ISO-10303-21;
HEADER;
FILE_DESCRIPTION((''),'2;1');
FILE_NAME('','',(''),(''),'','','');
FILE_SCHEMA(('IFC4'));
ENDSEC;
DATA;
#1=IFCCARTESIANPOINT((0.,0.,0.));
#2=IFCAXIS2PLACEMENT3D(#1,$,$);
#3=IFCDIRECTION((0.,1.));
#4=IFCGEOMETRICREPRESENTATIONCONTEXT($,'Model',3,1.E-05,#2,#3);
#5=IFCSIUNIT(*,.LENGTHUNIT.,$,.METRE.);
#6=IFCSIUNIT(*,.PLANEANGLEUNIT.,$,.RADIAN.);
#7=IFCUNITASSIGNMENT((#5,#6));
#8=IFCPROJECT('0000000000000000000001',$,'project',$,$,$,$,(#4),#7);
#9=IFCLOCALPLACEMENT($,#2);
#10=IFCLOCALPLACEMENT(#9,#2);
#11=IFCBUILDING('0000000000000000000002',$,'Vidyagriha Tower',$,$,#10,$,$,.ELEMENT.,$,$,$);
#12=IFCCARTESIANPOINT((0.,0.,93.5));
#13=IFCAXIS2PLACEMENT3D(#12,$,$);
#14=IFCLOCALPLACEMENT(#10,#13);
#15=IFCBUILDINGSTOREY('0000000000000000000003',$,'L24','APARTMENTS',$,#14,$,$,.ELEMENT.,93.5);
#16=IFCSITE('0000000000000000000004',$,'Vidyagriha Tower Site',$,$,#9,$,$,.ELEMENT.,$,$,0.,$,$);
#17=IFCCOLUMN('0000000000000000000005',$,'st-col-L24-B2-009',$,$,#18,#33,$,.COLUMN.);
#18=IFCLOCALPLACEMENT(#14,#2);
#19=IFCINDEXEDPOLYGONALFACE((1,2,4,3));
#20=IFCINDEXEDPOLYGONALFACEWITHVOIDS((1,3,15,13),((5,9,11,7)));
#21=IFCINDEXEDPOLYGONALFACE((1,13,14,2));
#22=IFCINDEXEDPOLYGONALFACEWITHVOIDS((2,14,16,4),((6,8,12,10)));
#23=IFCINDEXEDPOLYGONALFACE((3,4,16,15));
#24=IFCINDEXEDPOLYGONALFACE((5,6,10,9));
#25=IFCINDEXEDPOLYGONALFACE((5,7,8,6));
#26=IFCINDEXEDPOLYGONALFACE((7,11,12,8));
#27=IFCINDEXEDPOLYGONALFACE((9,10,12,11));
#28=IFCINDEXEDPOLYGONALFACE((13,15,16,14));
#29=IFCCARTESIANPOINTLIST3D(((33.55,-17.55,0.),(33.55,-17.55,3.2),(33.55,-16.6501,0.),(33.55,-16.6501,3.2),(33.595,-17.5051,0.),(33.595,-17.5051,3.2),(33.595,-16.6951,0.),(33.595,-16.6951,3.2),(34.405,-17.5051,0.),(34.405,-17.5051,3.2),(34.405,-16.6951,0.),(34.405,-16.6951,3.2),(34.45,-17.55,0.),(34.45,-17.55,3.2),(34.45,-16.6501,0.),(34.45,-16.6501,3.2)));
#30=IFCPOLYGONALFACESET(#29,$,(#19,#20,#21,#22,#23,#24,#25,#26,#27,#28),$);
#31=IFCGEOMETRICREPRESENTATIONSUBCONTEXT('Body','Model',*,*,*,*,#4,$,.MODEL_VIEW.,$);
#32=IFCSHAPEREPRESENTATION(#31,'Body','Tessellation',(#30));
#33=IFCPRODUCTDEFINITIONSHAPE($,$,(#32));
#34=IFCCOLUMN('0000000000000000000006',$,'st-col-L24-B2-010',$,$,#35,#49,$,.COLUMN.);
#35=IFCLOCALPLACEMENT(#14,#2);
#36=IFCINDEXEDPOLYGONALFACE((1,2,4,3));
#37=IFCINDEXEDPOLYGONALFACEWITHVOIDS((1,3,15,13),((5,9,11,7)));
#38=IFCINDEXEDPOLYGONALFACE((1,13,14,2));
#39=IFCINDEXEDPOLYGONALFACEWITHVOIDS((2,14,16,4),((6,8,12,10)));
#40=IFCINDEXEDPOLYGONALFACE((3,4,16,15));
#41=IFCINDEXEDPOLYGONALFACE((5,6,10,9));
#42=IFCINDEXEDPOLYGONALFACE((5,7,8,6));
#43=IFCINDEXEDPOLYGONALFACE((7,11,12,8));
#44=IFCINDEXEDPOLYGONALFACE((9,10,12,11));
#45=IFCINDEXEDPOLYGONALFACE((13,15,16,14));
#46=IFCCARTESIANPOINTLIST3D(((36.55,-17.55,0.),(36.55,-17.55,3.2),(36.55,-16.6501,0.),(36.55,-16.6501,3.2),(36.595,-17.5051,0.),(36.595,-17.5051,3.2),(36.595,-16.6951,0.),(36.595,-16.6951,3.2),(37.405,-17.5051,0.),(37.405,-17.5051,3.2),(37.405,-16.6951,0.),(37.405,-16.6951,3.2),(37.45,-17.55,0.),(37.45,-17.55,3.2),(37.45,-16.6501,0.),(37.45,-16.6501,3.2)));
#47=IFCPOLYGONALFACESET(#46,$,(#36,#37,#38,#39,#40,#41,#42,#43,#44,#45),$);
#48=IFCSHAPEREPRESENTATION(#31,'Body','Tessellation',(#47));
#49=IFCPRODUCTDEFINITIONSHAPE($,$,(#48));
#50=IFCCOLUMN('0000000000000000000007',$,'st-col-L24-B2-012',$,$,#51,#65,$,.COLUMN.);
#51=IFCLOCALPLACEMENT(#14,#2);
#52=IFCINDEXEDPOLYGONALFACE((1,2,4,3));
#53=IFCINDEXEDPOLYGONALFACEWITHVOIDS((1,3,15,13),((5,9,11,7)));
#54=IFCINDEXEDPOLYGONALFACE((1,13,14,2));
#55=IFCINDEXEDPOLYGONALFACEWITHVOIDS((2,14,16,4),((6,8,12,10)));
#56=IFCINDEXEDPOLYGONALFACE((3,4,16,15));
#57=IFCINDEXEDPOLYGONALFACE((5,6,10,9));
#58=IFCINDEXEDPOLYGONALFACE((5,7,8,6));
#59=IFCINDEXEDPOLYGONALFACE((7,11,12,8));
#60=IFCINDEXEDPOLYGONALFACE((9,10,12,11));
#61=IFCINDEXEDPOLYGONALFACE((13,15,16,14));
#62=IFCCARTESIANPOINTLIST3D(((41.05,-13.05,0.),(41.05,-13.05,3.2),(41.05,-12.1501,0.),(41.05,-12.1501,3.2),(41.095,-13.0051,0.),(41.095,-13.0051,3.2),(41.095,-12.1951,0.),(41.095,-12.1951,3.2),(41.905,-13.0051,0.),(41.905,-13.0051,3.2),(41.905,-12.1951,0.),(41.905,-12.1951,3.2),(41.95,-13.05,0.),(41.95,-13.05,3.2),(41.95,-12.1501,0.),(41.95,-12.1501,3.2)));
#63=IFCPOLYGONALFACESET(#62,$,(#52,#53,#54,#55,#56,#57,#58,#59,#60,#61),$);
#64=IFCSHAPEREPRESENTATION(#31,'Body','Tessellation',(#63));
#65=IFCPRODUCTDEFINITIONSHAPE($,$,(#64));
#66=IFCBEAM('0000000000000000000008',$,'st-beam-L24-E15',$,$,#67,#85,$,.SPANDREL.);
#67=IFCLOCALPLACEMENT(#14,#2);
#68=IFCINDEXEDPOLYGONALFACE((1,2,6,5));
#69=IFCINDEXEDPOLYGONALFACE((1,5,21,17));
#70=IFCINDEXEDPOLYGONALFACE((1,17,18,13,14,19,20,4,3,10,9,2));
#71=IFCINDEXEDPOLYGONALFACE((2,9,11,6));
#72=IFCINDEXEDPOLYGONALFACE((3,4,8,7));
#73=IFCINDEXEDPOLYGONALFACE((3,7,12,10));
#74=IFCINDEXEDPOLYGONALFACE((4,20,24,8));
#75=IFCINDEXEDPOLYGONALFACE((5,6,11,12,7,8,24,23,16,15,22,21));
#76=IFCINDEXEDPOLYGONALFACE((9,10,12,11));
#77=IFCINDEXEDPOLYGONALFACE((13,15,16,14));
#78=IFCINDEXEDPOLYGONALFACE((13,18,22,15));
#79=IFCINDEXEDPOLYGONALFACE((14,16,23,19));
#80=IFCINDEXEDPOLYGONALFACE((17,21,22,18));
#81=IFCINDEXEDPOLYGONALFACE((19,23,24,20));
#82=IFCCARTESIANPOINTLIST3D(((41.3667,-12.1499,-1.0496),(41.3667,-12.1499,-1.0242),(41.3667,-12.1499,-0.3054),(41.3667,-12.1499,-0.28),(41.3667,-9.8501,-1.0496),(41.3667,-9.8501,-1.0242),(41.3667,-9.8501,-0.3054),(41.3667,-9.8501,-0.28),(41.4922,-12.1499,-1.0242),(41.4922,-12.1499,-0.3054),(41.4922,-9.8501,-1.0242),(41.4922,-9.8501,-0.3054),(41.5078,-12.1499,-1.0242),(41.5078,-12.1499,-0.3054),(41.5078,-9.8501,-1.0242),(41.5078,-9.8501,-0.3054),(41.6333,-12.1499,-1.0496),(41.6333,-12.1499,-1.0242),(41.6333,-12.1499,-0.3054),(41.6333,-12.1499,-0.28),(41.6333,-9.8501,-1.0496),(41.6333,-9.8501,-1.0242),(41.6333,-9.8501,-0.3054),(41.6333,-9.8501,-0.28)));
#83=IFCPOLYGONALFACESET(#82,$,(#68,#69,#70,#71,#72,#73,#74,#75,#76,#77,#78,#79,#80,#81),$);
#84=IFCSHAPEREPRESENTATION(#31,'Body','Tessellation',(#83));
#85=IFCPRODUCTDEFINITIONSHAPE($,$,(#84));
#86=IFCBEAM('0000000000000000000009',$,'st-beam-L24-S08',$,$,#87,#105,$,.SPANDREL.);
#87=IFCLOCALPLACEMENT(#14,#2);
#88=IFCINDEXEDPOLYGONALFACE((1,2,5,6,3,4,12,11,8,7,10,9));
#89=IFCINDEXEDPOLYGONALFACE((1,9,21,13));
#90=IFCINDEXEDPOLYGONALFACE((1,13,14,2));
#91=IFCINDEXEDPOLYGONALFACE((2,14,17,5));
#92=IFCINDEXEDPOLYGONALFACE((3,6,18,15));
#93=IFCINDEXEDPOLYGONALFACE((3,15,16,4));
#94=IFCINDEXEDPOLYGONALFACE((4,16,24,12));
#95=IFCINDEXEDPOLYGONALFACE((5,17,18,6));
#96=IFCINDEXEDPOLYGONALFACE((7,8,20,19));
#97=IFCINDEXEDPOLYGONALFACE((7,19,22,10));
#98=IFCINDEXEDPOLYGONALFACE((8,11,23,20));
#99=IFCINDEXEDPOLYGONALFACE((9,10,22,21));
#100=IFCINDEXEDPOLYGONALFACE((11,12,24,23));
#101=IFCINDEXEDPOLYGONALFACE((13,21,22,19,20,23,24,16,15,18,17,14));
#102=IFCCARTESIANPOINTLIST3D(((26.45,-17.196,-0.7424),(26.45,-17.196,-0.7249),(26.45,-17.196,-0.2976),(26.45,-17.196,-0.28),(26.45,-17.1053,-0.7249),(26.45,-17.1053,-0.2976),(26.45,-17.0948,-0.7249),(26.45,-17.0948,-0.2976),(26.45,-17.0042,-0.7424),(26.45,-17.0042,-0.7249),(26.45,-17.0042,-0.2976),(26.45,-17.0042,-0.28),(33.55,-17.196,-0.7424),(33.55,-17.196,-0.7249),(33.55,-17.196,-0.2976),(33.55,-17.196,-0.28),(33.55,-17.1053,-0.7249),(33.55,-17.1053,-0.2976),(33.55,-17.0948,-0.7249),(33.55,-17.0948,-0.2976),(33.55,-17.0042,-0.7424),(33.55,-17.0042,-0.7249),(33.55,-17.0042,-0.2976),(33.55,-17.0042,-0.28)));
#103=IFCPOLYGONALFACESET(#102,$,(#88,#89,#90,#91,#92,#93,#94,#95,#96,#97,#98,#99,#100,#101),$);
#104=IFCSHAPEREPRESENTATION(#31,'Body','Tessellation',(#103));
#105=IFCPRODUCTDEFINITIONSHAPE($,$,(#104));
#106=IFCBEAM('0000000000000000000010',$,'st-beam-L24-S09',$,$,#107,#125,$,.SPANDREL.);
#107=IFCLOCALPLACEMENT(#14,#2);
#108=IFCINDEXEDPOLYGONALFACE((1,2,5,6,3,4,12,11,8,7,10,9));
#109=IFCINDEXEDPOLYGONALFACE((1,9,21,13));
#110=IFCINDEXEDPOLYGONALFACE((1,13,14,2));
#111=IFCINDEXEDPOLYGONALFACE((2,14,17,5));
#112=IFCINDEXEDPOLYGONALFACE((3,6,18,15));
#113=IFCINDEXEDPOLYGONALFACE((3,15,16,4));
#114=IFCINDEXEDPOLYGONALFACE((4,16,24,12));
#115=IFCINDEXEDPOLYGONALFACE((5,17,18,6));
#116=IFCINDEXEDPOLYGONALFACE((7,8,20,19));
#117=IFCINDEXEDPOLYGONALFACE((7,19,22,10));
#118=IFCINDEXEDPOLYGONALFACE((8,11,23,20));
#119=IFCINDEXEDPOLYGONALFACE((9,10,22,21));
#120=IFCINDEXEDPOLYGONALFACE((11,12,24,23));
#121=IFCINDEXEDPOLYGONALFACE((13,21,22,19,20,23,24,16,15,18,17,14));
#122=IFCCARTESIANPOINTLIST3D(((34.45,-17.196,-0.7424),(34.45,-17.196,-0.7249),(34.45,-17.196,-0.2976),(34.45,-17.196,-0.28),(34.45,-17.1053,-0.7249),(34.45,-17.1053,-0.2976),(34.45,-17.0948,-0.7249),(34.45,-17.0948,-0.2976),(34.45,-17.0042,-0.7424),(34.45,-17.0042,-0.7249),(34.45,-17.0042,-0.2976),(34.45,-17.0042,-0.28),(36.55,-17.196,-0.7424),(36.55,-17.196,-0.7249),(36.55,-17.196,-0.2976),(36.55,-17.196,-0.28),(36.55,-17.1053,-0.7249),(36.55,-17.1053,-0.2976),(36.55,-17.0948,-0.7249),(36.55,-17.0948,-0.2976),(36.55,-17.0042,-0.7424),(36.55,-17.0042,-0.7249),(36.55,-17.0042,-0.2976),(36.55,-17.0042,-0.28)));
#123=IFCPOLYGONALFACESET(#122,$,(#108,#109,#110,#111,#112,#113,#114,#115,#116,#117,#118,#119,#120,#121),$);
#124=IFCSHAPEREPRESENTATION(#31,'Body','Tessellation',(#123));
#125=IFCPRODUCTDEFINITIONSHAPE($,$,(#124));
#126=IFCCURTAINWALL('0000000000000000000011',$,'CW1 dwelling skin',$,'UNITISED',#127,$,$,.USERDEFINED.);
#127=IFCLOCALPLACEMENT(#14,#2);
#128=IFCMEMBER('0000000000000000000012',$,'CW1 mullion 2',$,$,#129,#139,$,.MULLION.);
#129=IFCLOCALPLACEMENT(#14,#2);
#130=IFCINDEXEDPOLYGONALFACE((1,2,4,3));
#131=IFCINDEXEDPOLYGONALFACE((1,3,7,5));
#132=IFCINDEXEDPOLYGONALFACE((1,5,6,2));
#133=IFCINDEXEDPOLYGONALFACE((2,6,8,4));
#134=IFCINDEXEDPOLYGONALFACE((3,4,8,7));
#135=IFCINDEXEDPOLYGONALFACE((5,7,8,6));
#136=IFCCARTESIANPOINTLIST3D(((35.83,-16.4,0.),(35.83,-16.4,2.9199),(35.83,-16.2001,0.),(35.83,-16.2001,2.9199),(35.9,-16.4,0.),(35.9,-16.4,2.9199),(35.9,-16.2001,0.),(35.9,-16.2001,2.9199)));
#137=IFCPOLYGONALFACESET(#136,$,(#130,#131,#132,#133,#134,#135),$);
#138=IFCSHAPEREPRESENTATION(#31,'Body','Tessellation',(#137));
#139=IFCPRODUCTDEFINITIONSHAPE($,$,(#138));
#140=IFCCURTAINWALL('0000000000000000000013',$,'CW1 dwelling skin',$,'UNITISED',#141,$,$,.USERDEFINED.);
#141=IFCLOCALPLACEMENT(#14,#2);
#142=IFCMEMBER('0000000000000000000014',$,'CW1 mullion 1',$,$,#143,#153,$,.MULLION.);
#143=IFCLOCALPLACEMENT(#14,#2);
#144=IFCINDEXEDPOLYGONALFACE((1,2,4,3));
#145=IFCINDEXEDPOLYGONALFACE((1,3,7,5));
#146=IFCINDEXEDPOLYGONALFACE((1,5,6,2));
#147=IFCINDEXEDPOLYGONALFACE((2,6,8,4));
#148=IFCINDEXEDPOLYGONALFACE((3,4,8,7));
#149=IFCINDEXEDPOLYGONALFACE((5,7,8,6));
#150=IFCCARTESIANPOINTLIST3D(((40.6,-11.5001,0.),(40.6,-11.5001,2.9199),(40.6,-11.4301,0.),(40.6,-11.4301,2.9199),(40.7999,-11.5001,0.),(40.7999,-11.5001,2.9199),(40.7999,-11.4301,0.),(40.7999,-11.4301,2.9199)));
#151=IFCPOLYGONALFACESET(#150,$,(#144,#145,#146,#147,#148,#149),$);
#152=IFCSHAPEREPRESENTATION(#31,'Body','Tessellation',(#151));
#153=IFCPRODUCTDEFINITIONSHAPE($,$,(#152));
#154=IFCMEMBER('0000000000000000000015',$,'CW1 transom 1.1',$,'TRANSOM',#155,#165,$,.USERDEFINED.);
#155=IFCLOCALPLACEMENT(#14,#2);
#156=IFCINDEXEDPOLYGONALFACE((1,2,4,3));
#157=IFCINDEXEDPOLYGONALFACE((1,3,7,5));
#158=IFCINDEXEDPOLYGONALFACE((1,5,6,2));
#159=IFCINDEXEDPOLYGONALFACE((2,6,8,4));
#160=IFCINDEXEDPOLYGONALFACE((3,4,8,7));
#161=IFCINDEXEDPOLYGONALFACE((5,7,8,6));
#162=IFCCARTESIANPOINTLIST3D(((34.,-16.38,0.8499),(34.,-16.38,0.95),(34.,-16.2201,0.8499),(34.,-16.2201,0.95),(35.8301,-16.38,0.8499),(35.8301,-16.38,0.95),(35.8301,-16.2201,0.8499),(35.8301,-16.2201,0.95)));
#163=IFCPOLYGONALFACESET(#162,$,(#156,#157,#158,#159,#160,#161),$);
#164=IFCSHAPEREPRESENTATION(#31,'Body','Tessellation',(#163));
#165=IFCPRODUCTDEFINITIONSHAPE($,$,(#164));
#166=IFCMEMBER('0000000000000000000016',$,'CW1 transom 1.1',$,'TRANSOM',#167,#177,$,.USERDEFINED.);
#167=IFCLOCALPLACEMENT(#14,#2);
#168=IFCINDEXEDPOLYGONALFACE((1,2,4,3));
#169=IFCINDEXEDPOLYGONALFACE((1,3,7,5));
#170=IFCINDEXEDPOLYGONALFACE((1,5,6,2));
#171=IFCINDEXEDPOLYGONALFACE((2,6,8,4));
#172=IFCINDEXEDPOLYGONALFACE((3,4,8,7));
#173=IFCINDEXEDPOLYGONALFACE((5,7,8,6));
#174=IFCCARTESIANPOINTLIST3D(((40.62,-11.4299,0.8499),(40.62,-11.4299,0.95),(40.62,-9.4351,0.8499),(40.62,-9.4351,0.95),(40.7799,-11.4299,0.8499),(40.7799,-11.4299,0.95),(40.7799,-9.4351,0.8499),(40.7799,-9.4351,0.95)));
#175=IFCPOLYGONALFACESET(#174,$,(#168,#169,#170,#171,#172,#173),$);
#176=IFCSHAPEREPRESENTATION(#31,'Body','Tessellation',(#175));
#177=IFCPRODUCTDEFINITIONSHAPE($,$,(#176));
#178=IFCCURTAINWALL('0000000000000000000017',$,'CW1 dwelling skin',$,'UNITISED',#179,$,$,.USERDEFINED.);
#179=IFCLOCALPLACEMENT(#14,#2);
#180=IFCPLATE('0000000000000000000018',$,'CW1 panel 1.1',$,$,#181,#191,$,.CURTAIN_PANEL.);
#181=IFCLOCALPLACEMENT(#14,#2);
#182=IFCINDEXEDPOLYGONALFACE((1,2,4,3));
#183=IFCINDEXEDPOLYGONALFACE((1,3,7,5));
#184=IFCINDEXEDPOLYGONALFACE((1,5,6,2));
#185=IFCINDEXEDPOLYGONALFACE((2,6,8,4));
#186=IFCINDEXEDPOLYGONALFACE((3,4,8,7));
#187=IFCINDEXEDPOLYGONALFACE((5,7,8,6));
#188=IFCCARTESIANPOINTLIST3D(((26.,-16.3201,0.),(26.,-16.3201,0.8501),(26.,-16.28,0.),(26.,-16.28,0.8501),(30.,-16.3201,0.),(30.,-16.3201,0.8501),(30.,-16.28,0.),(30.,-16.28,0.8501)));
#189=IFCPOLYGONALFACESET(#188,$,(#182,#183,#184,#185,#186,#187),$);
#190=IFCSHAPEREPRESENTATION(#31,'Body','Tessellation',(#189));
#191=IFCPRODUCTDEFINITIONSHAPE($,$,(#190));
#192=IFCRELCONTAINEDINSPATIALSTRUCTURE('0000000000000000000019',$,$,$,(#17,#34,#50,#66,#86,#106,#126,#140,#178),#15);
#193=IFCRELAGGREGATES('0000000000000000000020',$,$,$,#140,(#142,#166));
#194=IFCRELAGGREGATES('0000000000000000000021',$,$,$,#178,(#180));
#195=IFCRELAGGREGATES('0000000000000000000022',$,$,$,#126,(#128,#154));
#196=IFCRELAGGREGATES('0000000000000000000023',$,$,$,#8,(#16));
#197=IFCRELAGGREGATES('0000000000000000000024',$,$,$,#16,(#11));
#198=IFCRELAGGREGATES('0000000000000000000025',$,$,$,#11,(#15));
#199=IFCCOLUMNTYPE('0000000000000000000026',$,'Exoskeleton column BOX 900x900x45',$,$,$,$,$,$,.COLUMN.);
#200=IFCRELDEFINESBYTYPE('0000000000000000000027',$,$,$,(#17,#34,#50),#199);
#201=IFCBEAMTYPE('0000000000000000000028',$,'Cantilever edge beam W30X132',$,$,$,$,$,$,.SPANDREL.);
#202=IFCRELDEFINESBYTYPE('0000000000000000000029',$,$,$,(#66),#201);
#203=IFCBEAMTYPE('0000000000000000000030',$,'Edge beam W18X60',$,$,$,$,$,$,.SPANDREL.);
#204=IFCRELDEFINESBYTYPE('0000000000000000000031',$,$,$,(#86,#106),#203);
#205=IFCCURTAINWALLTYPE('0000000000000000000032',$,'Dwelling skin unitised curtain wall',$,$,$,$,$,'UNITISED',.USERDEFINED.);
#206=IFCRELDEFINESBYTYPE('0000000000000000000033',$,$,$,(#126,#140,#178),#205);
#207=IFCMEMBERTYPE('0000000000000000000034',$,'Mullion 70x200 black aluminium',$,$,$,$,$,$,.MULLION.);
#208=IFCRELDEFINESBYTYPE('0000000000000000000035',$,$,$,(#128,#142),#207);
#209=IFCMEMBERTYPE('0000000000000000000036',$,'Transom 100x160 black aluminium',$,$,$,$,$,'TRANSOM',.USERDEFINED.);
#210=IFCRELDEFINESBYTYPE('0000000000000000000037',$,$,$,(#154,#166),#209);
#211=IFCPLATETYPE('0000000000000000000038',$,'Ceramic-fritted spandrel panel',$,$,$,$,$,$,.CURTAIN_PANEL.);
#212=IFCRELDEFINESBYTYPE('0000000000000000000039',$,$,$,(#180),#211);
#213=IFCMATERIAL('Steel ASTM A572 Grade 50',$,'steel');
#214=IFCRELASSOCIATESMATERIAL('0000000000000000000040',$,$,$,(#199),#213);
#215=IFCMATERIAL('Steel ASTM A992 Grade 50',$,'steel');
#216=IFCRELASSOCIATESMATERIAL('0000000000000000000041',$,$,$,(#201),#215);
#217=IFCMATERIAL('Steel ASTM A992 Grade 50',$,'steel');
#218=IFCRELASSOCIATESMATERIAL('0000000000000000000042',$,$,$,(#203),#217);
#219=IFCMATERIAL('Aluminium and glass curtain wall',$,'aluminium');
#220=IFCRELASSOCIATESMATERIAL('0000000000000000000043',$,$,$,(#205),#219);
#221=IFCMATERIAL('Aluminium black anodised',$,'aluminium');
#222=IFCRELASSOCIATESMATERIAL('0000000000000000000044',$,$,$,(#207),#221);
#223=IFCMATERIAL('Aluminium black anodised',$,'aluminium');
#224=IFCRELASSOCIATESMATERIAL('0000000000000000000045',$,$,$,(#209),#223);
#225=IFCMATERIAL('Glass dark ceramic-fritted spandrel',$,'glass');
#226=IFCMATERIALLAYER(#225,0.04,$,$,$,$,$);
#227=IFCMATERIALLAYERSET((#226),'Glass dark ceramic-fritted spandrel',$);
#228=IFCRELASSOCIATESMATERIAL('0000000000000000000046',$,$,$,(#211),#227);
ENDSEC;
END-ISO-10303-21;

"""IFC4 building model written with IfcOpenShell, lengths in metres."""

from ifc_helpers import new_model, si_unit, direction, frame, origin, origin_2d, place, context, subcontext, project, spatial, rectangle, hollow_rectangle, i_section, extrude, material, layer, layer_set, material_profile, profile_set, type_object, element, aggregate, save


model = new_model("IFC4")

# Units and contexts
model_context = context("Model", 3, precision=1e-05, world=origin(), true_north=direction((0.0, 1.0)))
body_context = subcontext(model_context, "Body", "Model", "MODEL_VIEW")
ifc_project = project(units=[si_unit("LENGTHUNIT", "METRE"), si_unit("PLANEANGLEUNIT", "RADIAN")], contexts=[model_context])

# Site, building, storey
site_placement = place(None, origin())
site = spatial("IfcSite", under=ifc_project, at=site_placement, Name="Vidyagriha Tower Site", CompositionType="ELEMENT", RefElevation=0.0)
building_placement = place(site_placement, origin())
building = spatial("IfcBuilding", under=site, at=building_placement, Name="Vidyagriha Tower", CompositionType="ELEMENT")
storey_placement = place(building_placement, frame((0.0, 0.0, 93.5)))
storey = spatial("IfcBuildingStorey", under=building, at=storey_placement, Name="L24", Description="APARTMENTS", CompositionType="ELEMENT", Elevation=93.5)

# Columns
ifc_material_1 = material(Name="Steel ASTM A572 Grade 50", Category="steel")
ifc_material_profile_1 = material_profile(ifc_material_1, hollow_rectangle(XDim=0.8999, YDim=0.8999, WallThickness=0.0449, at=origin_2d()), Name="BOX 900x900x45")
ifc_profile_set_1 = profile_set([ifc_material_profile_1], Name="Steel ASTM A572 Grade 50")
column_type = type_object("IfcColumnType", Name="Exoskeleton column BOX 900x900x45", PredefinedType="COLUMN", material=ifc_profile_set_1)
for number, where, name in (
    (1, (34.0, -17.1001, 0.0), "st-col-L24-B2-009"),
    (2, (37.0, -17.1001, 0.0), "st-col-L24-B2-010"),
    (3, (41.5, -12.6001, 0.0), "st-col-L24-B2-012"),
):
    element("IfcColumn", number, at=place(storey_placement, frame(where)), inside=storey, type_object=column_type, Name=name, PredefinedType="COLUMN", context=body_context, shape_type="SweptSolid", body=[
        extrude(hollow_rectangle(XDim=0.8999, YDim=0.8999, WallThickness=0.0449, at=origin_2d()), origin(), (0.0, 0.0, 1.0), 3.2),
    ])

# Beams
ifc_material_2 = material(Name="Steel ASTM A992 Grade 50", Category="steel")
ifc_material_profile_2 = material_profile(ifc_material_2, i_section(OverallWidth=0.2666, OverallDepth=0.7695, WebThickness=0.0156, FlangeThickness=0.0254, at=origin_2d()), Name="W30X132")
ifc_profile_set_2 = profile_set([ifc_material_profile_2], Name="Steel ASTM A992 Grade 50")
beam_type_1 = type_object("IfcBeamType", Name="Cantilever edge beam W30X132", PredefinedType="SPANDREL", material=ifc_profile_set_2)
beam_1_placement = place(storey_placement, frame((41.5, -12.1499, -0.6648), z_axis=(0.0, 1.0, 0.0), x_axis=(-1.0, 0.0, 0.0)))
element("IfcBeam", 4, at=beam_1_placement, inside=storey, type_object=beam_type_1, Name="st-beam-L24-E15", PredefinedType="SPANDREL", context=body_context, shape_type="SweptSolid", body=[
    extrude(i_section(OverallWidth=0.2666, OverallDepth=0.7695, WebThickness=0.0156, FlangeThickness=0.0254, at=origin_2d()), origin(), (0.0, 0.0, 1.0), 2.2998),
])
ifc_material_3 = material(Name="Steel ASTM A992 Grade 50", Category="steel")
ifc_material_profile_3 = material_profile(ifc_material_3, i_section(OverallWidth=0.1919, OverallDepth=0.4624, WebThickness=0.0105, FlangeThickness=0.0176, at=origin_2d()), Name="W18X60")
ifc_profile_set_3 = profile_set([ifc_material_profile_3], Name="Steel ASTM A992 Grade 50")
beam_type_2 = type_object("IfcBeamType", Name="Edge beam W18X60", PredefinedType="SPANDREL", material=ifc_profile_set_3)
beam_2_placement = place(storey_placement, frame((26.45, -17.1001, -0.5112), z_axis=(1.0, 0.0, 0.0), x_axis=(0.0, 1.0, 0.0)))
element("IfcBeam", 5, at=beam_2_placement, inside=storey, type_object=beam_type_2, Name="st-beam-L24-S08", PredefinedType="SPANDREL", context=body_context, shape_type="SweptSolid", body=[
    extrude(i_section(OverallWidth=0.1919, OverallDepth=0.4624, WebThickness=0.0105, FlangeThickness=0.0176, at=origin_2d()), origin(), (0.0, 0.0, 1.0), 7.1001),
])
beam_3_placement = place(storey_placement, frame((34.45, -17.1001, -0.5112), z_axis=(1.0, 0.0, 0.0), x_axis=(0.0, 1.0, 0.0)))
element("IfcBeam", 6, at=beam_3_placement, inside=storey, type_object=beam_type_2, Name="st-beam-L24-S09", PredefinedType="SPANDREL", context=body_context, shape_type="SweptSolid", body=[
    extrude(i_section(OverallWidth=0.1919, OverallDepth=0.4624, WebThickness=0.0105, FlangeThickness=0.0176, at=origin_2d()), origin(), (0.0, 0.0, 1.0), 2.1001),
])

# Curtain walls, members
ifc_material_4 = material(Name="Aluminium and glass curtain wall", Category="aluminium")
curtain_wall_type = type_object("IfcCurtainWallType", Name="Dwelling skin unitised curtain wall", ElementType="UNITISED", PredefinedType="USERDEFINED", material=ifc_material_4)
curtain_wall_1_placement = place(storey_placement, origin())
curtain_wall_1 = element("IfcCurtainWall", 7, at=curtain_wall_1_placement, inside=storey, type_object=curtain_wall_type, Name="CW1 dwelling skin", ObjectType="UNITISED", PredefinedType="USERDEFINED")
ifc_material_5 = material(Name="Aluminium black anodised", Category="aluminium")
ifc_material_profile_4 = material_profile(ifc_material_5, rectangle(XDim=0.2, YDim=0.0701, at=origin_2d()), Name="Mullion 70x200 black aluminium")
ifc_profile_set_4 = profile_set([ifc_material_profile_4], Name="Aluminium black anodised")
member_type_1 = type_object("IfcMemberType", Name="Mullion 70x200 black aluminium", PredefinedType="MULLION", material=ifc_profile_set_4)
member_1_placement = place(storey_placement, frame((35.865, -16.3, 0.0), z_axis=(0.0, 0.0, 1.0), x_axis=(0.0, 1.0, 0.0)))
member_1 = element("IfcMember", 8, at=member_1_placement, type_object=member_type_1, Name="CW1 mullion 2", PredefinedType="MULLION", context=body_context, shape_type="SweptSolid", body=[
    extrude(rectangle(XDim=0.2, YDim=0.0701, at=origin_2d()), origin(), (0.0, 0.0, 1.0), 2.9199),
])
curtain_wall_2_placement = place(storey_placement, origin())
curtain_wall_2 = element("IfcCurtainWall", 9, at=curtain_wall_2_placement, inside=storey, type_object=curtain_wall_type, Name="CW1 dwelling skin", ObjectType="UNITISED", PredefinedType="USERDEFINED")
member_2_placement = place(storey_placement, frame((40.7, -11.4651, 0.0), z_axis=(0.0, 0.0, 1.0), x_axis=(-1.0, 0.0, 0.0)))
member_2 = element("IfcMember", 10, at=member_2_placement, type_object=member_type_1, Name="CW1 mullion 1", PredefinedType="MULLION", context=body_context, shape_type="SweptSolid", body=[
    extrude(rectangle(XDim=0.2, YDim=0.0701, at=origin_2d()), origin(), (0.0, 0.0, 1.0), 2.9199),
])

# Members
ifc_material_6 = material(Name="Aluminium black anodised", Category="aluminium")
ifc_material_profile_5 = material_profile(ifc_material_6, rectangle(XDim=0.1599, YDim=0.1001, at=origin_2d()), Name="Transom 100x160 black aluminium")
ifc_profile_set_5 = profile_set([ifc_material_profile_5], Name="Aluminium black anodised")
member_type_2 = type_object("IfcMemberType", Name="Transom 100x160 black aluminium", ElementType="TRANSOM", PredefinedType="USERDEFINED", material=ifc_profile_set_5)
member_3_placement = place(storey_placement, frame((34.0, -16.3, 0.8999), z_axis=(1.0, 0.0, 0.0), x_axis=(0.0, 1.0, 0.0)))
member_3 = element("IfcMember", 11, at=member_3_placement, type_object=member_type_2, Name="CW1 transom 1.1", ObjectType="TRANSOM", PredefinedType="USERDEFINED", context=body_context, shape_type="SweptSolid", body=[
    extrude(rectangle(XDim=0.1599, YDim=0.1001, at=origin_2d()), origin(), (0.0, 0.0, 1.0), 1.8301),
])
member_4_placement = place(storey_placement, frame((40.7, -11.4299, 0.8999), z_axis=(0.0, 1.0, 0.0), x_axis=(-1.0, 0.0, 0.0)))
member_4 = element("IfcMember", 12, at=member_4_placement, type_object=member_type_2, Name="CW1 transom 1.1", ObjectType="TRANSOM", PredefinedType="USERDEFINED", context=body_context, shape_type="SweptSolid", body=[
    extrude(rectangle(XDim=0.1599, YDim=0.1001, at=origin_2d()), origin(), (0.0, 0.0, 1.0), 1.9949),
])
aggregate(curtain_wall_2, [member_2, member_4])

# Curtain wall, plate
curtain_wall_3_placement = place(storey_placement, origin())
curtain_wall_3 = element("IfcCurtainWall", 13, at=curtain_wall_3_placement, inside=storey, type_object=curtain_wall_type, Name="CW1 dwelling skin", ObjectType="UNITISED", PredefinedType="USERDEFINED")
ifc_material_7 = material(Name="Glass dark ceramic-fritted spandrel", Category="glass")
ifc_layer_1 = layer(ifc_material_7, 0.04)
ifc_layer_set_1 = layer_set([ifc_layer_1], Name="Glass dark ceramic-fritted spandrel")
plate_type_1 = type_object("IfcPlateType", Name="Ceramic-fritted spandrel panel", PredefinedType="CURTAIN_PANEL", material=ifc_layer_set_1)
plate_1_placement = place(storey_placement, frame((28.0, -16.3, 0.0)))
plate_1 = element("IfcPlate", 14, at=plate_1_placement, type_object=plate_type_1, Name="CW1 panel 1.1", PredefinedType="CURTAIN_PANEL", context=body_context, shape_type="SweptSolid", body=[
    extrude(rectangle(XDim=4.0, YDim=0.04, at=origin_2d()), origin(), (0.0, 0.0, 1.0), 0.8501),
])
aggregate(curtain_wall_3, [plate_1])

aggregate(curtain_wall_1, [member_1, member_3])

save(model, "model.ifc")
